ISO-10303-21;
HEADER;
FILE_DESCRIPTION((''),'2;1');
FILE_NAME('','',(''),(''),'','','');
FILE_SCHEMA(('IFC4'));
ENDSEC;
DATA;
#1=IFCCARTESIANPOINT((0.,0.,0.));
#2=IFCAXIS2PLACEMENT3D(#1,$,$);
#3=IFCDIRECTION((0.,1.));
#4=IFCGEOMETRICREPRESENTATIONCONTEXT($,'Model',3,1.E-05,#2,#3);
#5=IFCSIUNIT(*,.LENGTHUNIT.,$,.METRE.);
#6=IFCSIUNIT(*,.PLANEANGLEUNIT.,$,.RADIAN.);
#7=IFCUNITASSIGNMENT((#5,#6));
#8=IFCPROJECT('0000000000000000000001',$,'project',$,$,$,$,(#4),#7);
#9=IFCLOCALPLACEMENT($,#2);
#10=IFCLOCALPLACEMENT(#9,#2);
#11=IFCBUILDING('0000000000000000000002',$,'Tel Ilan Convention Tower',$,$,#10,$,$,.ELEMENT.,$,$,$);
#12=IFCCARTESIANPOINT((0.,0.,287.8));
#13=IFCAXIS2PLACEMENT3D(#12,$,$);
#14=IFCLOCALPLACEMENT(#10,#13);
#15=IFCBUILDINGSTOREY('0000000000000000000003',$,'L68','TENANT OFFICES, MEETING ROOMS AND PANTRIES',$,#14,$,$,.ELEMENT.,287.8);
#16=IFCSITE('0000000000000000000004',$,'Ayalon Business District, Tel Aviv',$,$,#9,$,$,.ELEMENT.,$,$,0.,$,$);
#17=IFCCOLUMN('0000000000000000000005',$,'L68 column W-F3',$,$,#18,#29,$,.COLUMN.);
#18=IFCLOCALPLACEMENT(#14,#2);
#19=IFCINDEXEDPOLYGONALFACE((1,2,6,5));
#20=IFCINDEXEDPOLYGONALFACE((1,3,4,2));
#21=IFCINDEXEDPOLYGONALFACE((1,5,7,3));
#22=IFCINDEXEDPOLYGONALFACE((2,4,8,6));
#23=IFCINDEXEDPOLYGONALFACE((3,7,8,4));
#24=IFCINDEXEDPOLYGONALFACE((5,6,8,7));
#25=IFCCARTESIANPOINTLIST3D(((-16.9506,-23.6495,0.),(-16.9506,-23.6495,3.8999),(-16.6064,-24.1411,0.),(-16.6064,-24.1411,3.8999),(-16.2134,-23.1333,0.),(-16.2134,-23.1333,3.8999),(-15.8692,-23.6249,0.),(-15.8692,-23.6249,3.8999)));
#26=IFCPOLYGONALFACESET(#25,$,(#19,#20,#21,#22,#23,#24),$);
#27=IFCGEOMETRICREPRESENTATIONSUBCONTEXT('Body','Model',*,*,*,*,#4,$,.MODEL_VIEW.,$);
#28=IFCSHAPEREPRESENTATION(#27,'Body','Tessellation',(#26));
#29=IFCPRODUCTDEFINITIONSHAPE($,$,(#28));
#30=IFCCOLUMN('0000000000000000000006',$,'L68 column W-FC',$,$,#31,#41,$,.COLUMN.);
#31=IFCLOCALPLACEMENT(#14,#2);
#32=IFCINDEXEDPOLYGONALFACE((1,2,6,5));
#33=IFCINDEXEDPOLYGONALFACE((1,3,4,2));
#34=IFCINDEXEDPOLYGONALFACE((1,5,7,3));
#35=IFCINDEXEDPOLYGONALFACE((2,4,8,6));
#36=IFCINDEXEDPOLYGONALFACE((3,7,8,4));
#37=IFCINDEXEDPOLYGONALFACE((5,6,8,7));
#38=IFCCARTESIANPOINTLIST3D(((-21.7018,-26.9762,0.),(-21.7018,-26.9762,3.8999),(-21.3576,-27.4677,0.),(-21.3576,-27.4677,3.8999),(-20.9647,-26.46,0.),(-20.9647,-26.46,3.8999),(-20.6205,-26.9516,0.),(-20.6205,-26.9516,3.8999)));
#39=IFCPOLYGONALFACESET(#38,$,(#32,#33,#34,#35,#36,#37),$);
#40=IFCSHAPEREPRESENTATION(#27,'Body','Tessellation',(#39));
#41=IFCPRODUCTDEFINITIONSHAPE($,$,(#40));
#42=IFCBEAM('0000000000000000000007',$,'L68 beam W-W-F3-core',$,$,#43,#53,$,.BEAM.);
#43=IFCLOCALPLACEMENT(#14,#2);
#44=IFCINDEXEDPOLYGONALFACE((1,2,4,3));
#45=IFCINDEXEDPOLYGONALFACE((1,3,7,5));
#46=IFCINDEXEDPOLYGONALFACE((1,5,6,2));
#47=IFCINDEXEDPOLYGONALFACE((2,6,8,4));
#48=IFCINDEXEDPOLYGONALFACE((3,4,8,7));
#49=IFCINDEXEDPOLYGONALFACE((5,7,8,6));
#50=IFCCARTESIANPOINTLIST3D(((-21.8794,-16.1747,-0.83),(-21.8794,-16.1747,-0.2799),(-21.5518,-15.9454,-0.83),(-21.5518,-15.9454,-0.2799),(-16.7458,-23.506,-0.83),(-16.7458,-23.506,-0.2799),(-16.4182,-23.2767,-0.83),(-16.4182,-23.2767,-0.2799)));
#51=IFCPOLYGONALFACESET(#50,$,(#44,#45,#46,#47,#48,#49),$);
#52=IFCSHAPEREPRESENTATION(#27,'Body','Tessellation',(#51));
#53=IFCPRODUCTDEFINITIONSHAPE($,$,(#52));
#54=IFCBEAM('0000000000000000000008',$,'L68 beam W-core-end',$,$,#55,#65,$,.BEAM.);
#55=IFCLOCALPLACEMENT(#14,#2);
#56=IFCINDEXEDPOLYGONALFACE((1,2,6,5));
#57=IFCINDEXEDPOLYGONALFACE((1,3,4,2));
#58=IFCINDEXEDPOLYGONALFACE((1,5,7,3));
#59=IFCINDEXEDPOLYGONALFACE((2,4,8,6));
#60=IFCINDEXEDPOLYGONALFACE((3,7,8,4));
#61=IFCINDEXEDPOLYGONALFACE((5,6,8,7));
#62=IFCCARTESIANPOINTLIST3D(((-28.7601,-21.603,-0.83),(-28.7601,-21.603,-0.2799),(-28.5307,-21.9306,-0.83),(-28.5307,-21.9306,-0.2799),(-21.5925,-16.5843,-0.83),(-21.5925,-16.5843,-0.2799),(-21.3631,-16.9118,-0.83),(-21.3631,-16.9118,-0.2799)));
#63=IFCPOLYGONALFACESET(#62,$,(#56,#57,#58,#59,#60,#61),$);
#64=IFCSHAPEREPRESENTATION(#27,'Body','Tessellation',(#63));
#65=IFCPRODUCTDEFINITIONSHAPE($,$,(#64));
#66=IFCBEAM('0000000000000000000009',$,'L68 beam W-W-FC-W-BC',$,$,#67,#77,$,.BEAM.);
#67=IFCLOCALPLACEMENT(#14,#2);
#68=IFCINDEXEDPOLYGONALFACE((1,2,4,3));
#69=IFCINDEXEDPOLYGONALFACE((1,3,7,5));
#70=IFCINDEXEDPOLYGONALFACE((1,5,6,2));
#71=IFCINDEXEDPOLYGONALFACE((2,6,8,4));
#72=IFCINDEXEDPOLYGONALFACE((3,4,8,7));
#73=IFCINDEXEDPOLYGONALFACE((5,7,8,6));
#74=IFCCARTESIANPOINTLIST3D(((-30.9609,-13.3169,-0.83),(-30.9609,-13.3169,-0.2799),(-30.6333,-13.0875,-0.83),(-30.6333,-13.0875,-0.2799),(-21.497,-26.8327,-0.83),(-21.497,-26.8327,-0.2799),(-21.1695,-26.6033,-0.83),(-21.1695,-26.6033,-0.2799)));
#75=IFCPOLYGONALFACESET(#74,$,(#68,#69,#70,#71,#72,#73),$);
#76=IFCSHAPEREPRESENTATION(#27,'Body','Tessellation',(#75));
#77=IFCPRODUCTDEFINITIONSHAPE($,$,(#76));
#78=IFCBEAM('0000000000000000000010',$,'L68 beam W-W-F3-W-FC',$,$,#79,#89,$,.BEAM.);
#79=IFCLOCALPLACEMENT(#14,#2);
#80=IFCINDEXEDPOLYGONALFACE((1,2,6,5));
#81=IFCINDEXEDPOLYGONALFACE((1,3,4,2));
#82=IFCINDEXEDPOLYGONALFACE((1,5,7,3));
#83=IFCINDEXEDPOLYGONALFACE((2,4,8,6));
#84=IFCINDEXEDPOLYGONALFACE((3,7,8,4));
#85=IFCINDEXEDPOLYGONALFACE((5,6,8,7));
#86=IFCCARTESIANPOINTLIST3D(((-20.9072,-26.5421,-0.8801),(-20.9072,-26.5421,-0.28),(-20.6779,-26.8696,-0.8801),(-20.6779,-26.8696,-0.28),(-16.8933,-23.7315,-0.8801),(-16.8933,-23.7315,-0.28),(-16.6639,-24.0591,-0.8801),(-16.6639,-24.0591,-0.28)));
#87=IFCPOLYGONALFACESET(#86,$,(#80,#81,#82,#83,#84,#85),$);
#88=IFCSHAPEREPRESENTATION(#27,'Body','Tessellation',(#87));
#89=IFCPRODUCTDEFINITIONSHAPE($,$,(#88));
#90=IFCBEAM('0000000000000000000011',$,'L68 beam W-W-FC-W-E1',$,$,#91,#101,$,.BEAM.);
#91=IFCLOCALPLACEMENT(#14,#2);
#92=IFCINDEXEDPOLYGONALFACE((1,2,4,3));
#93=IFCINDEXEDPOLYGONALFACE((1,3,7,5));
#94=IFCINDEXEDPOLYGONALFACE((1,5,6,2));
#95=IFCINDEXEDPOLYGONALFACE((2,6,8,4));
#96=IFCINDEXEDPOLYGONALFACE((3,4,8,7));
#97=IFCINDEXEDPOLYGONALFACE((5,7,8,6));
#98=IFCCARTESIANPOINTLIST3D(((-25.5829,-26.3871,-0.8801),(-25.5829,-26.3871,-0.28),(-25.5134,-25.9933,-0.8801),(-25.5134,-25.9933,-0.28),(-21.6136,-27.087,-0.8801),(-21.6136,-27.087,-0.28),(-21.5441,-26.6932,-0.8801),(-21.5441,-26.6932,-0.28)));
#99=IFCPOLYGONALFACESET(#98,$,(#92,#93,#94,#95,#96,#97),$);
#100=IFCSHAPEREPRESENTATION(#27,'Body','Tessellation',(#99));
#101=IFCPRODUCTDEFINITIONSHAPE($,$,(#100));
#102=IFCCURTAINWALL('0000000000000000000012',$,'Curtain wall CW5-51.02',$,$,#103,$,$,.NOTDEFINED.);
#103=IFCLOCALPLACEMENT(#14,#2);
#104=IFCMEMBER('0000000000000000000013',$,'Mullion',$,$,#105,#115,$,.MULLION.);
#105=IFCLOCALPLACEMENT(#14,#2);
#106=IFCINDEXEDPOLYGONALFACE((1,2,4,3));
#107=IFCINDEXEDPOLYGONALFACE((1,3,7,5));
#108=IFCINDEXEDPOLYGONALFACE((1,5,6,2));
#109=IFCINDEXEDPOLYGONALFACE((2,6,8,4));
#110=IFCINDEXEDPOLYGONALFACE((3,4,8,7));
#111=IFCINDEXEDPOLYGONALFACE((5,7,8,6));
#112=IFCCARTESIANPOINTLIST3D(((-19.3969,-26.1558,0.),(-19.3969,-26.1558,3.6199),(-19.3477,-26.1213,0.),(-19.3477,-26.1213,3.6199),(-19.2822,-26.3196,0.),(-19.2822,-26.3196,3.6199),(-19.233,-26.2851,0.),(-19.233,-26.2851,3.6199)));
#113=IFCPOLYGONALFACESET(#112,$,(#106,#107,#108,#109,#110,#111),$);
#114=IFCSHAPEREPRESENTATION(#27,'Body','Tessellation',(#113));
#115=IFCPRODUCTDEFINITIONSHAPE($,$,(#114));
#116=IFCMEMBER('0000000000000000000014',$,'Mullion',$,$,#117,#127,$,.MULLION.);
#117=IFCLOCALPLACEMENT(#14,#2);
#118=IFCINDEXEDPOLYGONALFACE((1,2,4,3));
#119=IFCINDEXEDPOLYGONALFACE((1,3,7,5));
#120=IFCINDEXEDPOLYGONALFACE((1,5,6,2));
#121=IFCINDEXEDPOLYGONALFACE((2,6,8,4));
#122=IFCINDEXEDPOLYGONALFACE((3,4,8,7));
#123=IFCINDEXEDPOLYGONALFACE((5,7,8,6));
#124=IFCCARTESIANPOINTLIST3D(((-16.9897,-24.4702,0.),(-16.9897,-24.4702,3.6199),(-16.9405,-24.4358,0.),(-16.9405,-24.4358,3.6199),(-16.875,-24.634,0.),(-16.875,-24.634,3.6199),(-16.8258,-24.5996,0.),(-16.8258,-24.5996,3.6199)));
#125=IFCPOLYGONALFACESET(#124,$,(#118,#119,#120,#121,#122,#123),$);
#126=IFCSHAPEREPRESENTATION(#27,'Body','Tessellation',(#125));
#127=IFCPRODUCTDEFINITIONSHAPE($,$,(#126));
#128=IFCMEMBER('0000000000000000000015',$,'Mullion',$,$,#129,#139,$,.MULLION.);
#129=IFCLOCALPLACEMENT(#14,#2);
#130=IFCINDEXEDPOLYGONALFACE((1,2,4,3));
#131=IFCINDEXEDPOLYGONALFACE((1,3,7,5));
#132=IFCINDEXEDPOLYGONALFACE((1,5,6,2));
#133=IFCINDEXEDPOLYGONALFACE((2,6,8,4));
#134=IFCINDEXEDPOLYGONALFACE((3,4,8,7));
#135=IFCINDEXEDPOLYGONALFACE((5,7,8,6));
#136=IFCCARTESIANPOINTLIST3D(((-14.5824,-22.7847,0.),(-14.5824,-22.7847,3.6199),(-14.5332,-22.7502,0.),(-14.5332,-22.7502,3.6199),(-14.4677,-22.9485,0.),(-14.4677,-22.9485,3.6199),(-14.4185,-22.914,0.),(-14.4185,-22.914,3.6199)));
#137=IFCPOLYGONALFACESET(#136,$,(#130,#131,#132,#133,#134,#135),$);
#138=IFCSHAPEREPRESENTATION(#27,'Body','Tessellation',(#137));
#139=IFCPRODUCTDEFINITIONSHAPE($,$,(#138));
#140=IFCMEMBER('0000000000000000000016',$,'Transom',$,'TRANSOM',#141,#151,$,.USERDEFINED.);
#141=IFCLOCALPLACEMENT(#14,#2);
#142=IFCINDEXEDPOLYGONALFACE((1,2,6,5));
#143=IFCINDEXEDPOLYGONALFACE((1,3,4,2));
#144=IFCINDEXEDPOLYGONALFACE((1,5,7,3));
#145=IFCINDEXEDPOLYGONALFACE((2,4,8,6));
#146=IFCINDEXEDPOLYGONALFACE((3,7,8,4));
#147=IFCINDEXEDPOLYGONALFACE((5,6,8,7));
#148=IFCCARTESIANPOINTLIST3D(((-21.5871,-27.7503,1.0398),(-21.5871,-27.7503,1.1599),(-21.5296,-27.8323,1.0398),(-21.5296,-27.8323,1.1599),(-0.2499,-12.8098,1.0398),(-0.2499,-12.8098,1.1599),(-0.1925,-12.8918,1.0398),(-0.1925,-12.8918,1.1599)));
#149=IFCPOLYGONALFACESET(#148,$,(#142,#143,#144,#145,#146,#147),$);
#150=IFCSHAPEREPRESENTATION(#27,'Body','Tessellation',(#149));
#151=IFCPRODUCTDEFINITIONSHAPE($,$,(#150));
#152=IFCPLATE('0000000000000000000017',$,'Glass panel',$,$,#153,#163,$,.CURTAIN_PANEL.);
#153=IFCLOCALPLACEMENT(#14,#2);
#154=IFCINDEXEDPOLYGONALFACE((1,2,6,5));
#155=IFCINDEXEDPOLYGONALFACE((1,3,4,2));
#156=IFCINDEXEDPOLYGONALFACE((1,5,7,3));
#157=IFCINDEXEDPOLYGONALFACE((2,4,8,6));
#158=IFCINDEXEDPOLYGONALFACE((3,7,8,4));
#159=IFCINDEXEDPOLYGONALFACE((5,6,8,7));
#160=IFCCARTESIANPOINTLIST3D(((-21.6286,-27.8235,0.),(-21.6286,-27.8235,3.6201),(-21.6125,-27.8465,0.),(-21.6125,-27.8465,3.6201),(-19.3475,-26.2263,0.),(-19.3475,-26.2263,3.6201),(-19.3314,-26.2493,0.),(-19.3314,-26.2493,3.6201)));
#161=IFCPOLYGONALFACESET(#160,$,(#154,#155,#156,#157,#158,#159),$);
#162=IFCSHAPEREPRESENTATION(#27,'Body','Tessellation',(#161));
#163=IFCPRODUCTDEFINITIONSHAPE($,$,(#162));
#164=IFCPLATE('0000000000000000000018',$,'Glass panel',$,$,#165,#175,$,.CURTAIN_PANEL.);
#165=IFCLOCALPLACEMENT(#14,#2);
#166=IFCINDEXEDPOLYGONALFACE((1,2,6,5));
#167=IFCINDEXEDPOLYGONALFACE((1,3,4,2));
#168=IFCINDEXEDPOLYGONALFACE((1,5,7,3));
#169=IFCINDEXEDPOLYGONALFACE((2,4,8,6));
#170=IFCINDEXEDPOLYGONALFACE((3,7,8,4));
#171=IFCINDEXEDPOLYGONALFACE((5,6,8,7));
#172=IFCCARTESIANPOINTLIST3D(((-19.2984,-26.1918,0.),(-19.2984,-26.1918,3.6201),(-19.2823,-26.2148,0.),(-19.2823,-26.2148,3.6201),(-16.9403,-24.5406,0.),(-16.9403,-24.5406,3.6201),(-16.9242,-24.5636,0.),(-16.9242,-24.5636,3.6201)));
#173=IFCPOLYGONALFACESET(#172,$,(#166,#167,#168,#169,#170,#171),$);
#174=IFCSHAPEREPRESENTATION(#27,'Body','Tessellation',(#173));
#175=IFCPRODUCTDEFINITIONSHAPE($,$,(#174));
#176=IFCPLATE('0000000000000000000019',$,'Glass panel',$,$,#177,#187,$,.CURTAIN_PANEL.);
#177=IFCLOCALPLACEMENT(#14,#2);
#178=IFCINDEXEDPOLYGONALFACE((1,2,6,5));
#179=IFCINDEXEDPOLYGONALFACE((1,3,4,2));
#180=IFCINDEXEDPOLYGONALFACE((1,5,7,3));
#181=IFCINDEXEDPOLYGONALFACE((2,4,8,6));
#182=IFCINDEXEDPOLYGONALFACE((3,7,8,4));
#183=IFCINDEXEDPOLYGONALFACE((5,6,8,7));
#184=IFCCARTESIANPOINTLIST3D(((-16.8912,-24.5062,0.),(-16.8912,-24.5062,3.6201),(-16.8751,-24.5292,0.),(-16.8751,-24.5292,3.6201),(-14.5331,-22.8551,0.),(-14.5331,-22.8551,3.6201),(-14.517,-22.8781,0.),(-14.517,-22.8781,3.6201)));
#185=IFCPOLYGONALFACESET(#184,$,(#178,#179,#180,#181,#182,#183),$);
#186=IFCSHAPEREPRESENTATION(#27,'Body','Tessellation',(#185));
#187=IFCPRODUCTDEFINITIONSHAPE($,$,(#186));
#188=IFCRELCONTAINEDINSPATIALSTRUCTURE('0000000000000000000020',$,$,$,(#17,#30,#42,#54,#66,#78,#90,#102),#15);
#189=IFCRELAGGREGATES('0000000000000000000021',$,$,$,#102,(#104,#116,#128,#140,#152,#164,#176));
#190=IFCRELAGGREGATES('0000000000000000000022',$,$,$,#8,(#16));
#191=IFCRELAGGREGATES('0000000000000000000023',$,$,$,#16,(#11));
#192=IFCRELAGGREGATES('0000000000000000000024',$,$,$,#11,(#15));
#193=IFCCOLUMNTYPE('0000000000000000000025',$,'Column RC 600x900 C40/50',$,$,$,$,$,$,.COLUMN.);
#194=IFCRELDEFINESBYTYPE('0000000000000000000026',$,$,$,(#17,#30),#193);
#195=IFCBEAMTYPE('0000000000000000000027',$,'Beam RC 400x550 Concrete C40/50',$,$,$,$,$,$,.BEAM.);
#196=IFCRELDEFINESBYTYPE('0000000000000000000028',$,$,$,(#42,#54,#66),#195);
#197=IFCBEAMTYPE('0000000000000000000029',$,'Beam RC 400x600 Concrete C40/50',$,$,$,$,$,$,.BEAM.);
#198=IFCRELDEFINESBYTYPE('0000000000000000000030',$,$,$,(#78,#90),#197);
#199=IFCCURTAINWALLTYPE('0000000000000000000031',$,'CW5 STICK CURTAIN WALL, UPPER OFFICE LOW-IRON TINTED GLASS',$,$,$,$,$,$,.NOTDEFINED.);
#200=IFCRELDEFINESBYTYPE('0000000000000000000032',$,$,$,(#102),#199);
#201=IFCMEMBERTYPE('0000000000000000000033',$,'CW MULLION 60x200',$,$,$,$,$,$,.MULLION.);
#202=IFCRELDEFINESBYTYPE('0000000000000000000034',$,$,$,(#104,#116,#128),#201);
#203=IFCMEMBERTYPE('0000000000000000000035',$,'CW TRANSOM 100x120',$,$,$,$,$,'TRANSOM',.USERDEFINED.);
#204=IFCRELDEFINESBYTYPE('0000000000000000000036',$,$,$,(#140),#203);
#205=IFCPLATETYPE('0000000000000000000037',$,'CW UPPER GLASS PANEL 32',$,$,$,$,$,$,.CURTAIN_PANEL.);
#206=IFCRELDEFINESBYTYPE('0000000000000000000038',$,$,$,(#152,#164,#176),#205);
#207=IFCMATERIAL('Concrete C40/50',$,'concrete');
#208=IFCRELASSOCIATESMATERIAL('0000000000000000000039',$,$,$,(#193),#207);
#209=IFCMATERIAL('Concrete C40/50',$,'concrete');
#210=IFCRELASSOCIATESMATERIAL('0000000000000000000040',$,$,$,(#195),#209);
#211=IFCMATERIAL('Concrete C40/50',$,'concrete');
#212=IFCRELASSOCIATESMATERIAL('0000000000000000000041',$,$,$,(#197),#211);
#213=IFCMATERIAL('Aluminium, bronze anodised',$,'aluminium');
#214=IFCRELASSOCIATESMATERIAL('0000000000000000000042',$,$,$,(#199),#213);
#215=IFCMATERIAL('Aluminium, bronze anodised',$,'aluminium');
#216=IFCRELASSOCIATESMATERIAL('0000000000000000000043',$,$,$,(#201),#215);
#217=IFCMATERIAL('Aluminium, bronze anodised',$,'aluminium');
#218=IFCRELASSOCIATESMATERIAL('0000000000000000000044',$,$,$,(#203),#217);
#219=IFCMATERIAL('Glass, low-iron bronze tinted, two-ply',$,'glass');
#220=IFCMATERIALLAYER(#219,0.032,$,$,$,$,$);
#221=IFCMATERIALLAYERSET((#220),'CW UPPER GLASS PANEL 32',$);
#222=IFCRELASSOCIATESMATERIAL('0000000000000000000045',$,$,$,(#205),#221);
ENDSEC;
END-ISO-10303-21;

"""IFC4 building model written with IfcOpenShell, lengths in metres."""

from ifc_helpers import new_model, si_unit, direction, frame, origin, origin_2d, place, context, subcontext, project, spatial, rectangle, extrude, material, layer, layer_set, material_profile, profile_set, type_object, element, aggregate, save


model = new_model("IFC4")

# Units and contexts
model_context = context("Model", 3, precision=1e-05, world=origin(), true_north=direction((0.0, 1.0)))
body_context = subcontext(model_context, "Body", "Model", "MODEL_VIEW")
ifc_project = project(units=[si_unit("LENGTHUNIT", "METRE"), si_unit("PLANEANGLEUNIT", "RADIAN")], contexts=[model_context])

# Site, building, storey
site_placement = place(None, origin())
site = spatial("IfcSite", under=ifc_project, at=site_placement, Name="Ayalon Business District, Tel Aviv", CompositionType="ELEMENT", RefElevation=0.0)
building_placement = place(site_placement, origin())
building = spatial("IfcBuilding", under=site, at=building_placement, Name="Tel Ilan Convention Tower", CompositionType="ELEMENT")
storey_placement = place(building_placement, frame((0.0, 0.0, 287.8)))
storey = spatial("IfcBuildingStorey", under=building, at=storey_placement, Name="L68", Description="TENANT OFFICES, MEETING ROOMS AND PANTRIES", CompositionType="ELEMENT", Elevation=287.8)

# Columns
ifc_material_1 = material(Name="Concrete C40/50", Category="concrete")
ifc_material_profile_1 = material_profile(ifc_material_1, rectangle(XDim=0.8999, YDim=0.6001, at=origin_2d()), Name="RC 600x900")
ifc_profile_set_1 = profile_set([ifc_material_profile_1], Name="Concrete C40/50")
column_type = type_object("IfcColumnType", Name="Column RC 600x900 C40/50", PredefinedType="COLUMN", material=ifc_profile_set_1)
for number, where, z_axis, x_axis, name in (
    (1, (-16.4099, -23.6372, 0.0), (0.0, 0.0, 1.0), (-0.819152, -0.573576, 0.0), "L68 column W-F3"),
    (2, (-21.1611, -26.9639, 0.0), (0.0, 0.0, 1.0), (-0.819152, -0.573576, 0.0), "L68 column W-FC"),
):
    element("IfcColumn", number, at=place(storey_placement, frame(where, z_axis=z_axis, x_axis=x_axis)), inside=storey, type_object=column_type, Name=name, PredefinedType="COLUMN", context=body_context, shape_type="SweptSolid", body=[
        extrude(rectangle(XDim=0.8999, YDim=0.6001, at=origin_2d()), origin(), (0.0, 0.0, 1.0), 3.8999),
    ])

# Beams
ifc_material_2 = material(Name="Concrete C40/50", Category="concrete")
ifc_material_profile_2 = material_profile(ifc_material_2, rectangle(XDim=0.3999, YDim=0.55, at=origin_2d()), Name="RC 400x550")
ifc_profile_set_2 = profile_set([ifc_material_profile_2], Name="Concrete C40/50")
beam_type_1 = type_object("IfcBeamType", Name="Beam RC 400x550 Concrete C40/50", PredefinedType="BEAM", material=ifc_profile_set_2)
beam_1_placement = place(storey_placement, frame((-16.582, -23.3914, -0.5549), z_axis=(-0.573585, 0.819146, 0.0), x_axis=(-0.819146, -0.573585, 0.0)))
element("IfcBeam", 3, at=beam_1_placement, inside=storey, type_object=beam_type_1, Name="L68 beam W-W-F3-core", PredefinedType="BEAM", context=body_context, shape_type="SweptSolid", body=[
    extrude(rectangle(XDim=0.3999, YDim=0.55, at=origin_2d()), origin(), (0.0, 0.0, 1.0), 8.95),
])
beam_2_placement = place(storey_placement, frame((-21.4778, -16.748, -0.5549), z_axis=(-0.819157, -0.573569, 0.0), x_axis=(0.573569, -0.819157, 0.0)))
element("IfcBeam", 4, at=beam_2_placement, inside=storey, type_object=beam_type_1, Name="L68 beam W-core-end", PredefinedType="BEAM", context=body_context, shape_type="SweptSolid", body=[
    extrude(rectangle(XDim=0.3999, YDim=0.55, at=origin_2d()), origin(), (0.0, 0.0, 1.0), 8.75),
])
beam_3_placement = place(storey_placement, frame((-21.3333, -26.718, -0.5549), z_axis=(-0.573575, 0.819153, 0.0), x_axis=(-0.819153, -0.573575, 0.0)))
element("IfcBeam", 5, at=beam_3_placement, inside=storey, type_object=beam_type_1, Name="L68 beam W-W-FC-W-BC", PredefinedType="BEAM", context=body_context, shape_type="SweptSolid", body=[
    extrude(rectangle(XDim=0.3999, YDim=0.55, at=origin_2d()), origin(), (0.0, 0.0, 1.0), 16.4998),
])
ifc_material_3 = material(Name="Concrete C40/50", Category="concrete")
ifc_material_profile_3 = material_profile(ifc_material_3, rectangle(XDim=0.3999, YDim=0.6001, at=origin_2d()), Name="RC 400x600")
ifc_profile_set_3 = profile_set([ifc_material_profile_3], Name="Concrete C40/50")
beam_type_2 = type_object("IfcBeamType", Name="Beam RC 400x600 Concrete C40/50", PredefinedType="BEAM", material=ifc_profile_set_3)
beam_4_placement = place(storey_placement, frame((-16.7786, -23.8953, -0.5801), z_axis=(-0.819155, -0.573573, 0.0), x_axis=(0.573573, -0.819155, 0.0)))
element("IfcBeam", 6, at=beam_4_placement, inside=storey, type_object=beam_type_2, Name="L68 beam W-W-F3-W-FC", PredefinedType="BEAM", context=body_context, shape_type="SweptSolid", body=[
    extrude(rectangle(XDim=0.3999, YDim=0.6001, at=origin_2d()), origin(), (0.0, 0.0, 1.0), 4.9001),
])
beam_5_placement = place(storey_placement, frame((-21.5789, -26.8901, -0.5801), z_axis=(-0.984805, 0.173664, 0.0), x_axis=(-0.173664, -0.984805, 0.0)))
element("IfcBeam", 7, at=beam_5_placement, inside=storey, type_object=beam_type_2, Name="L68 beam W-W-FC-W-E1", PredefinedType="BEAM", context=body_context, shape_type="SweptSolid", body=[
    extrude(rectangle(XDim=0.3999, YDim=0.6001, at=origin_2d()), origin(), (0.0, 0.0, 1.0), 4.0305),
])

# Curtain wall, members, plates
ifc_material_4 = material(Name="Aluminium, bronze anodised", Category="aluminium")
curtain_wall_type = type_object("IfcCurtainWallType", Name="CW5 STICK CURTAIN WALL, UPPER OFFICE LOW-IRON TINTED GLASS", PredefinedType="NOTDEFINED", material=ifc_material_4)
curtain_wall_placement = place(storey_placement, origin())
curtain_wall = element("IfcCurtainWall", 8, at=curtain_wall_placement, inside=storey, type_object=curtain_wall_type, Name="Curtain wall CW5-51.02", PredefinedType="NOTDEFINED")
ifc_material_5 = material(Name="Aluminium, bronze anodised", Category="aluminium")
ifc_material_profile_4 = material_profile(ifc_material_5, rectangle(XDim=0.0601, YDim=0.2, at=origin_2d()), Name="CW MULLION 60x200")
ifc_profile_set_4 = profile_set([ifc_material_profile_4], Name="Aluminium, bronze anodised")
member_type_1 = type_object("IfcMemberType", Name="CW MULLION 60x200", PredefinedType="MULLION", material=ifc_profile_set_4)
member_1_placement = place(storey_placement, frame((-19.3149, -26.2205, 0.0), z_axis=(0.0, 0.0, 1.0), x_axis=(0.819152, 0.573576, 0.0)))
member_1 = element("IfcMember", 9, at=member_1_placement, type_object=member_type_1, Name="Mullion", PredefinedType="MULLION", context=body_context, shape_type="SweptSolid", body=[
    extrude(rectangle(XDim=0.0601, YDim=0.2, at=origin_2d()), origin(), (0.0, 0.0, 1.0), 3.6199),
])
member_2_placement = place(storey_placement, frame((-16.9077, -24.5349, 0.0), z_axis=(0.0, 0.0, 1.0), x_axis=(0.819152, 0.573576, 0.0)))
member_2 = element("IfcMember", 10, at=member_2_placement, type_object=member_type_1, Name="Mullion", PredefinedType="MULLION", context=body_context, shape_type="SweptSolid", body=[
    extrude(rectangle(XDim=0.0601, YDim=0.2, at=origin_2d()), origin(), (0.0, 0.0, 1.0), 3.6199),
])
member_3_placement = place(storey_placement, frame((-14.5005, -22.8494, 0.0), z_axis=(0.0, 0.0, 1.0), x_axis=(0.819152, 0.573576, 0.0)))
member_3 = element("IfcMember", 11, at=member_3_placement, type_object=member_type_1, Name="Mullion", PredefinedType="MULLION", context=body_context, shape_type="SweptSolid", body=[
    extrude(rectangle(XDim=0.0601, YDim=0.2, at=origin_2d()), origin(), (0.0, 0.0, 1.0), 3.6199),
])
ifc_material_6 = material(Name="Aluminium, bronze anodised", Category="aluminium")
ifc_material_profile_5 = material_profile(ifc_material_6, rectangle(XDim=0.1001, YDim=0.1201, at=origin_2d()), Name="CW TRANSOM 100x120")
ifc_profile_set_5 = profile_set([ifc_material_profile_5], Name="Aluminium, bronze anodised")
member_type_2 = type_object("IfcMemberType", Name="CW TRANSOM 100x120", ElementType="TRANSOM", PredefinedType="USERDEFINED", material=ifc_profile_set_5)
member_4_placement = place(storey_placement, frame((-21.5583, -27.7913, 1.0999), z_axis=(0.819152, 0.573576, 0.0), x_axis=(-0.573576, 0.819152, 0.0)))
member_4 = element("IfcMember", 12, at=member_4_placement, type_object=member_type_2, Name="Transom", ObjectType="TRANSOM", PredefinedType="USERDEFINED", context=body_context, shape_type="SweptSolid", body=[
    extrude(rectangle(XDim=0.1001, YDim=0.1201, at=origin_2d()), origin(), (0.0, 0.0, 1.0), 26.0479),
])
ifc_material_7 = material(Name="Glass, low-iron bronze tinted, two-ply", Category="glass")
ifc_layer_1 = layer(ifc_material_7, 0.032)
ifc_layer_set_1 = layer_set([ifc_layer_1], Name="CW UPPER GLASS PANEL 32")
plate_type = type_object("IfcPlateType", Name="CW UPPER GLASS PANEL 32", PredefinedType="CURTAIN_PANEL", material=ifc_layer_set_1)
plate_1_placement = place(storey_placement, frame((-20.48, -27.0364, 0.0), z_axis=(0.0, 0.0, 1.0), x_axis=(0.819152, 0.573576, 0.0)))
plate_1 = element("IfcPlate", 13, at=plate_1_placement, type_object=plate_type, Name="Glass panel", PredefinedType="CURTAIN_PANEL", context=body_context, shape_type="SweptSolid", body=[
    extrude(rectangle(XDim=2.7847, YDim=0.0281, at=origin_2d()), origin(), (0.0, 0.0, 1.0), 3.6201),
])
plate_2_placement = place(storey_placement, frame((-18.1113, -25.3777, 0.0), z_axis=(0.0, 0.0, 1.0), x_axis=(0.819152, 0.573576, 0.0)))
plate_2 = element("IfcPlate", 14, at=plate_2_placement, type_object=plate_type, Name="Glass panel", PredefinedType="CURTAIN_PANEL", context=body_context, shape_type="SweptSolid", body=[
    extrude(rectangle(XDim=2.8787, YDim=0.0281, at=origin_2d()), origin(), (0.0, 0.0, 1.0), 3.6201),
])
plate_3_placement = place(storey_placement, frame((-15.7041, -23.6921, 0.0), z_axis=(0.0, 0.0, 1.0), x_axis=(0.819152, 0.573576, 0.0)))
plate_3 = element("IfcPlate", 15, at=plate_3_placement, type_object=plate_type, Name="Glass panel", PredefinedType="CURTAIN_PANEL", context=body_context, shape_type="SweptSolid", body=[
    extrude(rectangle(XDim=2.8787, YDim=0.0281, at=origin_2d()), origin(), (0.0, 0.0, 1.0), 3.6201),
])
aggregate(curtain_wall, [member_1, member_2, member_3, member_4, plate_1, plate_2, plate_3])

save(model, "model.ifc")
